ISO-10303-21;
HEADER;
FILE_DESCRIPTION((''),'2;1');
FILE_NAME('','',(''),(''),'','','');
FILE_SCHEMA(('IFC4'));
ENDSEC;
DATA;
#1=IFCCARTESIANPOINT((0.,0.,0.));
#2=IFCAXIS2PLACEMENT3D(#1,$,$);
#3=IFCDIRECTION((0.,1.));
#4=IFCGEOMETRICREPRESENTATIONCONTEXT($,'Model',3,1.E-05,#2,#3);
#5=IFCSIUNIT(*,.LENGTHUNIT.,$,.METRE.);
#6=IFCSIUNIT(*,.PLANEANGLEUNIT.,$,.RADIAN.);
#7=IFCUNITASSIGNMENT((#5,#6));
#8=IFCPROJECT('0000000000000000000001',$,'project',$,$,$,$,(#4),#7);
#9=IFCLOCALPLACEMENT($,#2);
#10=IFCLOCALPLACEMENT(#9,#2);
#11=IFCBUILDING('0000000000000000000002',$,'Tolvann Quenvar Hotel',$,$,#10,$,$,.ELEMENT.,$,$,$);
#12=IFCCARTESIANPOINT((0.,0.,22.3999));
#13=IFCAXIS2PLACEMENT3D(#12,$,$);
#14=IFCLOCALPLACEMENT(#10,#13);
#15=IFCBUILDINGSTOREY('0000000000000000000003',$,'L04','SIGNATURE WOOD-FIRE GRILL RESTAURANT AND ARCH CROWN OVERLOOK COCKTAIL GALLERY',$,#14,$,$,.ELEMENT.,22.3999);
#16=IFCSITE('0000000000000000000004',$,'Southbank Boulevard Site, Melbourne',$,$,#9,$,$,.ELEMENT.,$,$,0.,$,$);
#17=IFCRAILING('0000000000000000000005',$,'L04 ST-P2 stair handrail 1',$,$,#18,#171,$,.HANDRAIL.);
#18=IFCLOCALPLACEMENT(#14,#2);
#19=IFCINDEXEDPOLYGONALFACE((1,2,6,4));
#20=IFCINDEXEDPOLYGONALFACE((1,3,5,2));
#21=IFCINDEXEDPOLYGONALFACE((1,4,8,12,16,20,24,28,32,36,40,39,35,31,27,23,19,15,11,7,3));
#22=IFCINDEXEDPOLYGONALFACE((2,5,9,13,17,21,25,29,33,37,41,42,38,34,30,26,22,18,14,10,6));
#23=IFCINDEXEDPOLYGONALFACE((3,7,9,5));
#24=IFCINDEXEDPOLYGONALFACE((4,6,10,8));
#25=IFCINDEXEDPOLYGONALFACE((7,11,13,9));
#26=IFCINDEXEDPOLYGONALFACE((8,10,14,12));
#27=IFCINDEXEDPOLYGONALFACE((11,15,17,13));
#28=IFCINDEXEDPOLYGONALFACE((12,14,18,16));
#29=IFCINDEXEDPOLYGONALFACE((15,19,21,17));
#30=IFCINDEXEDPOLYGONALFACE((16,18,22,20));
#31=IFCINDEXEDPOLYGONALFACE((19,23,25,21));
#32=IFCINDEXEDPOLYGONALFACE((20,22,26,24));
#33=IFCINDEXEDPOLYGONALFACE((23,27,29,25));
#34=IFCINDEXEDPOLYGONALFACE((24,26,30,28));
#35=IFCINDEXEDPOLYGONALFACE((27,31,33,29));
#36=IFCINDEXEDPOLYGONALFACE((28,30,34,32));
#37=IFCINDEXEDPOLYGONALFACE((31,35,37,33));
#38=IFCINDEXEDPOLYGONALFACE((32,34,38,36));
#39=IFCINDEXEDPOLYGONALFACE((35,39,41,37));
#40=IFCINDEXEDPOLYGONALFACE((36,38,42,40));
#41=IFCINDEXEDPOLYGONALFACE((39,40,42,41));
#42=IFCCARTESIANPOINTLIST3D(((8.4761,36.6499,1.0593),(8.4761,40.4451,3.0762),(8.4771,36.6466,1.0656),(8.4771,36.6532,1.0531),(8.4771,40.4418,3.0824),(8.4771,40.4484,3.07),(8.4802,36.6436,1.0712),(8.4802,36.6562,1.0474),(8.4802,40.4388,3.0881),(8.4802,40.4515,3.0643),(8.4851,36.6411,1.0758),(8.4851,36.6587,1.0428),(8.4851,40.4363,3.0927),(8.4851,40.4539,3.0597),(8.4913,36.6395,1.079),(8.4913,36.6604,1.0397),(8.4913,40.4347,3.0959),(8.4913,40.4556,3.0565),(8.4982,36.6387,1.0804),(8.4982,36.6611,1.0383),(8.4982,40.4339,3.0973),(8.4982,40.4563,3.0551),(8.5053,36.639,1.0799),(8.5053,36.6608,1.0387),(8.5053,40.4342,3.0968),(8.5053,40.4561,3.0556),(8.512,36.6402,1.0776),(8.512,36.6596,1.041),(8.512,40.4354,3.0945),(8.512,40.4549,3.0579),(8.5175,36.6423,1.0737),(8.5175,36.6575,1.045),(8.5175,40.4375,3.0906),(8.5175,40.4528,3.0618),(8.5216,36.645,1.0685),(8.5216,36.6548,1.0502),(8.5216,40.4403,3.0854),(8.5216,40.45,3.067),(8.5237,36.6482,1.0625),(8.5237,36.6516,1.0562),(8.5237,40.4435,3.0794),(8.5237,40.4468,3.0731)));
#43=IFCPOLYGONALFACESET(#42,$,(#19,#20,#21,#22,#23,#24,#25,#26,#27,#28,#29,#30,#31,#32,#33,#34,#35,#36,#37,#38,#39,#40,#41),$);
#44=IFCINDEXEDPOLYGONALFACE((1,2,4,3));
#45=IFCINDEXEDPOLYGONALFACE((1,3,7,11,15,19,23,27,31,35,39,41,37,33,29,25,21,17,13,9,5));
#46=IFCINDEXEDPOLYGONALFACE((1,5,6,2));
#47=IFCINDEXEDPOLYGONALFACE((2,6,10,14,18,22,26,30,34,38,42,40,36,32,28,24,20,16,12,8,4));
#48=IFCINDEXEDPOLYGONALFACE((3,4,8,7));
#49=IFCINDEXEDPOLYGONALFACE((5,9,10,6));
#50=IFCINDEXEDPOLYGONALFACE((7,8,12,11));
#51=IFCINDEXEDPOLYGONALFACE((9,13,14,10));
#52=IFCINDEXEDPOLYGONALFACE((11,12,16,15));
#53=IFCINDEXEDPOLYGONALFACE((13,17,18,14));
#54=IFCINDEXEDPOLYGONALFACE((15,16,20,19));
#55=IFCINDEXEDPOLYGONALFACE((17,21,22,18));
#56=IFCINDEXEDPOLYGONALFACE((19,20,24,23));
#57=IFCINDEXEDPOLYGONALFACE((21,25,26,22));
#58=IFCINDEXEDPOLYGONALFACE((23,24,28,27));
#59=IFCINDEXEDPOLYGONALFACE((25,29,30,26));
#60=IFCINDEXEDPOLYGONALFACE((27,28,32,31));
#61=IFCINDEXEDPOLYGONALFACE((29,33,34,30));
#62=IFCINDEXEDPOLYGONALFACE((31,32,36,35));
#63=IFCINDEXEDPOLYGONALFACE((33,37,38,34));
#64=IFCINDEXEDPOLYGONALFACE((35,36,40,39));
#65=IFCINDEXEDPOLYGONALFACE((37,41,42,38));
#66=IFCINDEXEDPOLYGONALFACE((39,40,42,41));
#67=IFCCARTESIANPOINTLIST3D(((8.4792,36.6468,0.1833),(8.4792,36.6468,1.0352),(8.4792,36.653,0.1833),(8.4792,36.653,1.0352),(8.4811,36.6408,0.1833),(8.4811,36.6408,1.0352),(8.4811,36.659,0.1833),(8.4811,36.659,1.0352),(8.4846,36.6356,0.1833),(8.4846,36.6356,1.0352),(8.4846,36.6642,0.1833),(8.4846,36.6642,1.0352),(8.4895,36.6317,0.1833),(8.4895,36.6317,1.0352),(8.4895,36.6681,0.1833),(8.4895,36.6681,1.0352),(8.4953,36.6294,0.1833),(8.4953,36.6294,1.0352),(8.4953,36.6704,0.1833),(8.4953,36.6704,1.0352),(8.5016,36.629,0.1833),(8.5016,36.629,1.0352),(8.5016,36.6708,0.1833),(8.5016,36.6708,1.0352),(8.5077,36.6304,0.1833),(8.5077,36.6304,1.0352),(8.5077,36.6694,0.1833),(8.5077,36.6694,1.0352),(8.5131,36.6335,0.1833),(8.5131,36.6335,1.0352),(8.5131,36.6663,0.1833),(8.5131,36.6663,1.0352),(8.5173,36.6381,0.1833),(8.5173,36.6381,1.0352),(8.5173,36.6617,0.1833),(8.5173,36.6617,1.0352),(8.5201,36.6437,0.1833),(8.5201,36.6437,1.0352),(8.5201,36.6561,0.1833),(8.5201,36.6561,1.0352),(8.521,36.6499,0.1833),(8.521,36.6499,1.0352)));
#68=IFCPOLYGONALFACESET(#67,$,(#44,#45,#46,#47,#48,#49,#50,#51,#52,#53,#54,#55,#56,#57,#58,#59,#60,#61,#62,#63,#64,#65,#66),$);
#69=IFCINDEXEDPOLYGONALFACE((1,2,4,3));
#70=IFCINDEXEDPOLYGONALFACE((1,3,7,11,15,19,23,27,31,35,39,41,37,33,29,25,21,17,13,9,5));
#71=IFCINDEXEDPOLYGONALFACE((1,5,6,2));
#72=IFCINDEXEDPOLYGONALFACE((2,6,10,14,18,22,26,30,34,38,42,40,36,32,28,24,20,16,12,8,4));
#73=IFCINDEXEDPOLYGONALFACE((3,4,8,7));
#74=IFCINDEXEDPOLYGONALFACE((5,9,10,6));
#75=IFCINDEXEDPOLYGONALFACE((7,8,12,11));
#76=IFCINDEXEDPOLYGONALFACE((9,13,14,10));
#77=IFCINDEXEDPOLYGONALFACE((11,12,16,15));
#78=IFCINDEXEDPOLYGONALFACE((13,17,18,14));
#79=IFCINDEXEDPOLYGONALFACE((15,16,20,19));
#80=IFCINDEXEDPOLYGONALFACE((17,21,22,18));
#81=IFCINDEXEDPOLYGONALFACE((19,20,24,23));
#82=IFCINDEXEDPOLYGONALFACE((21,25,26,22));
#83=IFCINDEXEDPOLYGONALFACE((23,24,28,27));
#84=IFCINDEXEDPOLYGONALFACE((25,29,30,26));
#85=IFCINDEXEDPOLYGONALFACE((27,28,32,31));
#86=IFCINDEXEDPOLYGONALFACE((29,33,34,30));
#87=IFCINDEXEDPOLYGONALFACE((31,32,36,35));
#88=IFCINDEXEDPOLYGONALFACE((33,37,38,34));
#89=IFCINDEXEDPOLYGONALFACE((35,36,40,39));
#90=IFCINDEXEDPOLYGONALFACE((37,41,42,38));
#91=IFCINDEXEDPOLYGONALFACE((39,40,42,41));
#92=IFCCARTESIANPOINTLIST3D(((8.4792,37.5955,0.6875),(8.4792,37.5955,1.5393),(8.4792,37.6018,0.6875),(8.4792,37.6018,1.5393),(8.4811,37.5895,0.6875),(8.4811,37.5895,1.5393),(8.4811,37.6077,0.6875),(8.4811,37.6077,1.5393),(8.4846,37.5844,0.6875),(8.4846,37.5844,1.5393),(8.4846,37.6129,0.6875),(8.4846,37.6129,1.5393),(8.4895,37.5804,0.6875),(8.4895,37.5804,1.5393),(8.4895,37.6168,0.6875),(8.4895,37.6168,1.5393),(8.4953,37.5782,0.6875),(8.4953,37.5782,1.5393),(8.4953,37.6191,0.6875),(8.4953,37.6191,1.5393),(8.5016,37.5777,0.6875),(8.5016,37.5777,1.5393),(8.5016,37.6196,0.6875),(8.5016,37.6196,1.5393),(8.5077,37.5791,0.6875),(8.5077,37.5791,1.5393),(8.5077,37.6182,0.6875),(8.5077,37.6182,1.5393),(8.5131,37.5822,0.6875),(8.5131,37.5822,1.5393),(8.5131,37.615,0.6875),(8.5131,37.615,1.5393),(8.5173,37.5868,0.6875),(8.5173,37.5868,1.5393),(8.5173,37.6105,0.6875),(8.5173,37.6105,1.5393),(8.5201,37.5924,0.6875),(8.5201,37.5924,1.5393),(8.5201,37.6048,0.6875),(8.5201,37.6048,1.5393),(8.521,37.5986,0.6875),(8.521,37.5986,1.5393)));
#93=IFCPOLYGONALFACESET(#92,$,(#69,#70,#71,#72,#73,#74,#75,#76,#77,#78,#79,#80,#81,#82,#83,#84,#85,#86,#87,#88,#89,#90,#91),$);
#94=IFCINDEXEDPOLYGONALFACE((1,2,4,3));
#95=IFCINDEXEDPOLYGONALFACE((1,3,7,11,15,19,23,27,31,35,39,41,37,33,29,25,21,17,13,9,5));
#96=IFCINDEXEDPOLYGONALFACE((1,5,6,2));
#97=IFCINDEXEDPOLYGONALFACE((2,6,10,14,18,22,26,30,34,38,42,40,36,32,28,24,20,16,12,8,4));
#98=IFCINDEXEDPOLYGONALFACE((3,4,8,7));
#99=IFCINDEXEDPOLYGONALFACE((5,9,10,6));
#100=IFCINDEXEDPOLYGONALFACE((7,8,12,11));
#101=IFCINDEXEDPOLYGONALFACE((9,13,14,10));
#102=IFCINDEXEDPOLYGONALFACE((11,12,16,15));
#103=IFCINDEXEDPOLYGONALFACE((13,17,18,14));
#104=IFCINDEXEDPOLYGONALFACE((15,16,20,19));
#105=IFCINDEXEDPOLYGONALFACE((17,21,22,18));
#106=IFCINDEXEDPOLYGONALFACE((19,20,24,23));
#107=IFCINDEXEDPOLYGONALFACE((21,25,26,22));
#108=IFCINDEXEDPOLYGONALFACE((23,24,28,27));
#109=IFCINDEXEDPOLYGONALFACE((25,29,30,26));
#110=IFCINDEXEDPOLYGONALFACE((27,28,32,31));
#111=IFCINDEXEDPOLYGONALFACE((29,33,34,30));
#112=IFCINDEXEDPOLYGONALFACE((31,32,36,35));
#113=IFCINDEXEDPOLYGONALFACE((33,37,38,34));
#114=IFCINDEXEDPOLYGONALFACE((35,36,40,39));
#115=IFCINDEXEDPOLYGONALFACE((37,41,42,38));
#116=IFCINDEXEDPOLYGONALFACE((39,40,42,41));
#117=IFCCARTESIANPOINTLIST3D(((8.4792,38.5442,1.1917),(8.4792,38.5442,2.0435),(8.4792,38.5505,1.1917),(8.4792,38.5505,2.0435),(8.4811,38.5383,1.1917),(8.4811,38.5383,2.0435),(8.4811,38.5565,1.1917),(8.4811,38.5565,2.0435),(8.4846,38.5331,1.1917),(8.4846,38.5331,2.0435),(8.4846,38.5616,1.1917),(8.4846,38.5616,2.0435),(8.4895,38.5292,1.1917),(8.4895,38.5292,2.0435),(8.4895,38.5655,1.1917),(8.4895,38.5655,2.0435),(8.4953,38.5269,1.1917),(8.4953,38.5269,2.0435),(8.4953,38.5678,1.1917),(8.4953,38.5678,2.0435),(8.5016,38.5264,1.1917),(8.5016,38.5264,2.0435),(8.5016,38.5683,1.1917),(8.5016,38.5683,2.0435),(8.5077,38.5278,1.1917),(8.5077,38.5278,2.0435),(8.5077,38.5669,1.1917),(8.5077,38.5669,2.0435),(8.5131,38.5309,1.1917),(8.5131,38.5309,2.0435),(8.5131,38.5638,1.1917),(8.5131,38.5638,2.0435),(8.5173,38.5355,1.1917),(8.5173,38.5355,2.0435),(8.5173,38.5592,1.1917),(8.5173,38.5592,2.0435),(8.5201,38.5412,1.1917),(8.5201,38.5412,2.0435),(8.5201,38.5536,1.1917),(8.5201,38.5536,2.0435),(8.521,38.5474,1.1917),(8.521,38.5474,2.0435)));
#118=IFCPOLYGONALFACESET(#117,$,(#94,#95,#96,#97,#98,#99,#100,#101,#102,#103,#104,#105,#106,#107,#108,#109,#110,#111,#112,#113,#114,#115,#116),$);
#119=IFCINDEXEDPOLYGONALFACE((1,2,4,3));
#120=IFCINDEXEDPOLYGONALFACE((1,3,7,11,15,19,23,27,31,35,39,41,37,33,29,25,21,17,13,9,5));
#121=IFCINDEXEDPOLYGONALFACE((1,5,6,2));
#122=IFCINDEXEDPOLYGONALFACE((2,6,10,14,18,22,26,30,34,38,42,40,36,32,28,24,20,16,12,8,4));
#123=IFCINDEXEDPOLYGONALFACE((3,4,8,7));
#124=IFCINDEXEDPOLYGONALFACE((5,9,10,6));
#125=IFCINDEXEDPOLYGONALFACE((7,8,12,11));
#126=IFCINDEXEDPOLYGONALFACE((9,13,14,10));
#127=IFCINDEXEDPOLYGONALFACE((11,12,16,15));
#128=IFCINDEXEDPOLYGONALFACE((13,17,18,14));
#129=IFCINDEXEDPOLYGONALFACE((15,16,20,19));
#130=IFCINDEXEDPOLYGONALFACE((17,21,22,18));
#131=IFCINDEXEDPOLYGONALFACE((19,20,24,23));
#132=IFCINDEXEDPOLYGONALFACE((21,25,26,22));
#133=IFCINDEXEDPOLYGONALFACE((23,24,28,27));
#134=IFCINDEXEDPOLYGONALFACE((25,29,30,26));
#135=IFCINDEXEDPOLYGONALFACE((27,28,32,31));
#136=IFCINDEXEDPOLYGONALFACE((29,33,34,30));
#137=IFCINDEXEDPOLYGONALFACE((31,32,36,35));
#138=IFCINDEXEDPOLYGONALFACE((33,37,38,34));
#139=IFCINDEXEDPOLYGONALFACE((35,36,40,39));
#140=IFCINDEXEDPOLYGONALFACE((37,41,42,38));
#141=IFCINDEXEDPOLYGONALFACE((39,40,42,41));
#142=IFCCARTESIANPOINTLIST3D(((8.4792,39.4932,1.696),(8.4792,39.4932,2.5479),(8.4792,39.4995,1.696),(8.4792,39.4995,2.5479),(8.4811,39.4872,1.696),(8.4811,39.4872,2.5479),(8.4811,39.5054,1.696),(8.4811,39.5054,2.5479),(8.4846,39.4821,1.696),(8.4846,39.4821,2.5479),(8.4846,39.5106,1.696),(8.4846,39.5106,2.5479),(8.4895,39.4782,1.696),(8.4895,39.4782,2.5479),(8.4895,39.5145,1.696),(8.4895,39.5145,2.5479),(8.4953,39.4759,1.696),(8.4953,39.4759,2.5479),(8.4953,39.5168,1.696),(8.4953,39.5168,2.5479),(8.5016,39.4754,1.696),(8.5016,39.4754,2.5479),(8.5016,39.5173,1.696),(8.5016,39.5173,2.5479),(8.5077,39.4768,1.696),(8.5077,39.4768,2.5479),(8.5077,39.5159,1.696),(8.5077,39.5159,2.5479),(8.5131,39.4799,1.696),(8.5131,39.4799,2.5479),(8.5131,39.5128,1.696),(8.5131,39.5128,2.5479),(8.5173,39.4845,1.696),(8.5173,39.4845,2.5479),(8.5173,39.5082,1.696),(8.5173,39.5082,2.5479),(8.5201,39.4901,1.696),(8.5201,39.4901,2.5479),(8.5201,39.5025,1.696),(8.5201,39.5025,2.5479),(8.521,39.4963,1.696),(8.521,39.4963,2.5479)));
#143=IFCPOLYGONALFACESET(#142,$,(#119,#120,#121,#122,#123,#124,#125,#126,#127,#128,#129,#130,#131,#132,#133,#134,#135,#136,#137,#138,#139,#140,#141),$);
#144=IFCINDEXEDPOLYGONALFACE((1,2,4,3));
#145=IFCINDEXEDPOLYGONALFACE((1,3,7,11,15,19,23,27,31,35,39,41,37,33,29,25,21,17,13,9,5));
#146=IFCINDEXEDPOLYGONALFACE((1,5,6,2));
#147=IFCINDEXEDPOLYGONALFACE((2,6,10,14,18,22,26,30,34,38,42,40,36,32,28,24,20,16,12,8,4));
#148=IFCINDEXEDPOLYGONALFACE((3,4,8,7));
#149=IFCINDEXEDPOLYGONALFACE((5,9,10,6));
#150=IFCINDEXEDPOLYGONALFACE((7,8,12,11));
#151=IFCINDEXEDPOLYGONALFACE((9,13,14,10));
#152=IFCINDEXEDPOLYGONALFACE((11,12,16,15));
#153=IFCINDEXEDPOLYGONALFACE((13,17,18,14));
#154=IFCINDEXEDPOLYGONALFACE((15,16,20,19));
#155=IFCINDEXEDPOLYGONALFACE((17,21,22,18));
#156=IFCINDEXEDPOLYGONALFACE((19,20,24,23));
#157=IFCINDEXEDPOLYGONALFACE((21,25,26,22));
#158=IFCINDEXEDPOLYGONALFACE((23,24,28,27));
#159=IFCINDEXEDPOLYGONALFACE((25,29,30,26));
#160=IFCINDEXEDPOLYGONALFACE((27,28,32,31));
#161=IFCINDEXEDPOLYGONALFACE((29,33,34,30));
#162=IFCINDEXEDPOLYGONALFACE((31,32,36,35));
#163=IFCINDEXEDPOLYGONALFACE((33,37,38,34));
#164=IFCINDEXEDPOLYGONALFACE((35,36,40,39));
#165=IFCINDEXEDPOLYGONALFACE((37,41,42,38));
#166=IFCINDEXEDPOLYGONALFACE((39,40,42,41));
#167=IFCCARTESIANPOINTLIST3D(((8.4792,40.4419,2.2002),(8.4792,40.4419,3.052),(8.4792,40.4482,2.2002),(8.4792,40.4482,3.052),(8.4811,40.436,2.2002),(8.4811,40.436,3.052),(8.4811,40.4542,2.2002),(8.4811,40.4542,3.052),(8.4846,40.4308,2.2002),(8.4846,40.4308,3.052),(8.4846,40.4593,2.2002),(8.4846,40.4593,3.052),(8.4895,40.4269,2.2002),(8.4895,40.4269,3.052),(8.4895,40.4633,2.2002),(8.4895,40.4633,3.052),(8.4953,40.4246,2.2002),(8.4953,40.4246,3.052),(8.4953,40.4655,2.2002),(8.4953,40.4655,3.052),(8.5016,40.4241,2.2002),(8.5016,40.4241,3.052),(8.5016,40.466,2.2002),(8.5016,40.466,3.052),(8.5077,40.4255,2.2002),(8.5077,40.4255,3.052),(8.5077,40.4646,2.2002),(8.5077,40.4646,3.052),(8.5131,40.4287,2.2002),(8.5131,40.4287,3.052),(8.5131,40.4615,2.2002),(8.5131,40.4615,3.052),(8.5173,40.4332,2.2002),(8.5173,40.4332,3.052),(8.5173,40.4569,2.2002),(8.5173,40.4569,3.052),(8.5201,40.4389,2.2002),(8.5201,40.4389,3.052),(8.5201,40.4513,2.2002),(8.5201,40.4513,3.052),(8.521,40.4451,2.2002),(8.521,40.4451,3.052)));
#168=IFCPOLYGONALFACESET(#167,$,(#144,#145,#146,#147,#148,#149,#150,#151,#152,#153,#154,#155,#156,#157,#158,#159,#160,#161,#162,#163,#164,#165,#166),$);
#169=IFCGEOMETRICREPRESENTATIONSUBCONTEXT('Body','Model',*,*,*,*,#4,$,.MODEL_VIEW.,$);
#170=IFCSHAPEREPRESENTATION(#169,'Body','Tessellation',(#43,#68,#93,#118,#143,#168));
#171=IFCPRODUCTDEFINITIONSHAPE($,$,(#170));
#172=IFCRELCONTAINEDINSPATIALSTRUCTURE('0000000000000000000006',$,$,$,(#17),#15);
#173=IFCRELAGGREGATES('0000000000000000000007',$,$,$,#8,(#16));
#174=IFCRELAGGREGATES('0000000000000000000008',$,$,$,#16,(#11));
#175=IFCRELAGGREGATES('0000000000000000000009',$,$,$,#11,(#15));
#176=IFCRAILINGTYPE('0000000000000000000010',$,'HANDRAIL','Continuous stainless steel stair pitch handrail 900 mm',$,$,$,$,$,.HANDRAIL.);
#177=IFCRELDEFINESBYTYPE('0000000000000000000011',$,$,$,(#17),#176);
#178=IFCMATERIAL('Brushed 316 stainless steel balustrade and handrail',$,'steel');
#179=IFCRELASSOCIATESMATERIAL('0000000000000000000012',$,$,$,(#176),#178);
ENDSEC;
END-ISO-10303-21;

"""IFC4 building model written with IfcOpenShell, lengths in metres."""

from ifc_helpers import new_model, si_unit, direction, frame, origin, origin_2d, place, context, subcontext, project, spatial, circle, extrude, material, type_object, element, save


model = new_model("IFC4")

# Units and contexts
model_context = context("Model", 3, precision=1e-05, world=origin(), true_north=direction((0.0, 1.0)))
body_context = subcontext(model_context, "Body", "Model", "MODEL_VIEW")
ifc_project = project(units=[si_unit("LENGTHUNIT", "METRE"), si_unit("PLANEANGLEUNIT", "RADIAN")], contexts=[model_context])

# Site, building, storey
site_placement = place(None, origin())
site = spatial("IfcSite", under=ifc_project, at=site_placement, Name="Southbank Boulevard Site, Melbourne", CompositionType="ELEMENT", RefElevation=0.0)
building_placement = place(site_placement, origin())
building = spatial("IfcBuilding", under=site, at=building_placement, Name="Tolvann Quenvar Hotel", CompositionType="ELEMENT")
storey_placement = place(building_placement, frame((0.0, 0.0, 22.3999)))
storey = spatial("IfcBuildingStorey", under=building, at=storey_placement, Name="L04", Description="SIGNATURE WOOD-FIRE GRILL RESTAURANT AND ARCH CROWN OVERLOOK COCKTAIL GALLERY", CompositionType="ELEMENT", Elevation=22.3999)

# Railing
ifc_material_1 = material(Name="Brushed 316 stainless steel balustrade and handrail", Category="steel")
railing_type_1 = type_object("IfcRailingType", Name="HANDRAIL", Description="Continuous stainless steel stair pitch handrail 900 mm", PredefinedType="HANDRAIL", material=ifc_material_1)
railing_1_placement = place(storey_placement, frame((8.5, 36.6499, 0.1833)))
element("IfcRailing", 1, at=railing_1_placement, inside=storey, type_object=railing_type_1, Name="L04 ST-P2 stair handrail 1", PredefinedType="HANDRAIL", context=body_context, shape_type="SweptSolid", body=[
    extrude(circle(Radius=0.0239, at=origin_2d()), frame((0.0, 0.0, 0.876), z_axis=(0.0, 0.883052, 0.469276), x_axis=(-1.0, 0.0, 0.0)), (0.0, 0.0, 1.0), 4.2979),
    extrude(circle(Radius=0.021, at=origin_2d()), origin(), (0.0, 0.0, 1.0), 0.8518),
    extrude(circle(Radius=0.021, at=origin_2d()), frame((0.0, 0.9487, 0.5042)), (0.0, 0.0, 1.0), 0.8518),
    extrude(circle(Radius=0.021, at=origin_2d()), frame((0.0, 1.8975, 1.0083)), (0.0, 0.0, 1.0), 0.8518),
    extrude(circle(Radius=0.021, at=origin_2d()), frame((0.0, 2.8464, 1.5127)), (0.0, 0.0, 1.0), 0.8518),
    extrude(circle(Radius=0.021, at=origin_2d()), frame((0.0, 3.7952, 2.0168)), (0.0, 0.0, 1.0), 0.8518),
])

save(model, "model.ifc")
